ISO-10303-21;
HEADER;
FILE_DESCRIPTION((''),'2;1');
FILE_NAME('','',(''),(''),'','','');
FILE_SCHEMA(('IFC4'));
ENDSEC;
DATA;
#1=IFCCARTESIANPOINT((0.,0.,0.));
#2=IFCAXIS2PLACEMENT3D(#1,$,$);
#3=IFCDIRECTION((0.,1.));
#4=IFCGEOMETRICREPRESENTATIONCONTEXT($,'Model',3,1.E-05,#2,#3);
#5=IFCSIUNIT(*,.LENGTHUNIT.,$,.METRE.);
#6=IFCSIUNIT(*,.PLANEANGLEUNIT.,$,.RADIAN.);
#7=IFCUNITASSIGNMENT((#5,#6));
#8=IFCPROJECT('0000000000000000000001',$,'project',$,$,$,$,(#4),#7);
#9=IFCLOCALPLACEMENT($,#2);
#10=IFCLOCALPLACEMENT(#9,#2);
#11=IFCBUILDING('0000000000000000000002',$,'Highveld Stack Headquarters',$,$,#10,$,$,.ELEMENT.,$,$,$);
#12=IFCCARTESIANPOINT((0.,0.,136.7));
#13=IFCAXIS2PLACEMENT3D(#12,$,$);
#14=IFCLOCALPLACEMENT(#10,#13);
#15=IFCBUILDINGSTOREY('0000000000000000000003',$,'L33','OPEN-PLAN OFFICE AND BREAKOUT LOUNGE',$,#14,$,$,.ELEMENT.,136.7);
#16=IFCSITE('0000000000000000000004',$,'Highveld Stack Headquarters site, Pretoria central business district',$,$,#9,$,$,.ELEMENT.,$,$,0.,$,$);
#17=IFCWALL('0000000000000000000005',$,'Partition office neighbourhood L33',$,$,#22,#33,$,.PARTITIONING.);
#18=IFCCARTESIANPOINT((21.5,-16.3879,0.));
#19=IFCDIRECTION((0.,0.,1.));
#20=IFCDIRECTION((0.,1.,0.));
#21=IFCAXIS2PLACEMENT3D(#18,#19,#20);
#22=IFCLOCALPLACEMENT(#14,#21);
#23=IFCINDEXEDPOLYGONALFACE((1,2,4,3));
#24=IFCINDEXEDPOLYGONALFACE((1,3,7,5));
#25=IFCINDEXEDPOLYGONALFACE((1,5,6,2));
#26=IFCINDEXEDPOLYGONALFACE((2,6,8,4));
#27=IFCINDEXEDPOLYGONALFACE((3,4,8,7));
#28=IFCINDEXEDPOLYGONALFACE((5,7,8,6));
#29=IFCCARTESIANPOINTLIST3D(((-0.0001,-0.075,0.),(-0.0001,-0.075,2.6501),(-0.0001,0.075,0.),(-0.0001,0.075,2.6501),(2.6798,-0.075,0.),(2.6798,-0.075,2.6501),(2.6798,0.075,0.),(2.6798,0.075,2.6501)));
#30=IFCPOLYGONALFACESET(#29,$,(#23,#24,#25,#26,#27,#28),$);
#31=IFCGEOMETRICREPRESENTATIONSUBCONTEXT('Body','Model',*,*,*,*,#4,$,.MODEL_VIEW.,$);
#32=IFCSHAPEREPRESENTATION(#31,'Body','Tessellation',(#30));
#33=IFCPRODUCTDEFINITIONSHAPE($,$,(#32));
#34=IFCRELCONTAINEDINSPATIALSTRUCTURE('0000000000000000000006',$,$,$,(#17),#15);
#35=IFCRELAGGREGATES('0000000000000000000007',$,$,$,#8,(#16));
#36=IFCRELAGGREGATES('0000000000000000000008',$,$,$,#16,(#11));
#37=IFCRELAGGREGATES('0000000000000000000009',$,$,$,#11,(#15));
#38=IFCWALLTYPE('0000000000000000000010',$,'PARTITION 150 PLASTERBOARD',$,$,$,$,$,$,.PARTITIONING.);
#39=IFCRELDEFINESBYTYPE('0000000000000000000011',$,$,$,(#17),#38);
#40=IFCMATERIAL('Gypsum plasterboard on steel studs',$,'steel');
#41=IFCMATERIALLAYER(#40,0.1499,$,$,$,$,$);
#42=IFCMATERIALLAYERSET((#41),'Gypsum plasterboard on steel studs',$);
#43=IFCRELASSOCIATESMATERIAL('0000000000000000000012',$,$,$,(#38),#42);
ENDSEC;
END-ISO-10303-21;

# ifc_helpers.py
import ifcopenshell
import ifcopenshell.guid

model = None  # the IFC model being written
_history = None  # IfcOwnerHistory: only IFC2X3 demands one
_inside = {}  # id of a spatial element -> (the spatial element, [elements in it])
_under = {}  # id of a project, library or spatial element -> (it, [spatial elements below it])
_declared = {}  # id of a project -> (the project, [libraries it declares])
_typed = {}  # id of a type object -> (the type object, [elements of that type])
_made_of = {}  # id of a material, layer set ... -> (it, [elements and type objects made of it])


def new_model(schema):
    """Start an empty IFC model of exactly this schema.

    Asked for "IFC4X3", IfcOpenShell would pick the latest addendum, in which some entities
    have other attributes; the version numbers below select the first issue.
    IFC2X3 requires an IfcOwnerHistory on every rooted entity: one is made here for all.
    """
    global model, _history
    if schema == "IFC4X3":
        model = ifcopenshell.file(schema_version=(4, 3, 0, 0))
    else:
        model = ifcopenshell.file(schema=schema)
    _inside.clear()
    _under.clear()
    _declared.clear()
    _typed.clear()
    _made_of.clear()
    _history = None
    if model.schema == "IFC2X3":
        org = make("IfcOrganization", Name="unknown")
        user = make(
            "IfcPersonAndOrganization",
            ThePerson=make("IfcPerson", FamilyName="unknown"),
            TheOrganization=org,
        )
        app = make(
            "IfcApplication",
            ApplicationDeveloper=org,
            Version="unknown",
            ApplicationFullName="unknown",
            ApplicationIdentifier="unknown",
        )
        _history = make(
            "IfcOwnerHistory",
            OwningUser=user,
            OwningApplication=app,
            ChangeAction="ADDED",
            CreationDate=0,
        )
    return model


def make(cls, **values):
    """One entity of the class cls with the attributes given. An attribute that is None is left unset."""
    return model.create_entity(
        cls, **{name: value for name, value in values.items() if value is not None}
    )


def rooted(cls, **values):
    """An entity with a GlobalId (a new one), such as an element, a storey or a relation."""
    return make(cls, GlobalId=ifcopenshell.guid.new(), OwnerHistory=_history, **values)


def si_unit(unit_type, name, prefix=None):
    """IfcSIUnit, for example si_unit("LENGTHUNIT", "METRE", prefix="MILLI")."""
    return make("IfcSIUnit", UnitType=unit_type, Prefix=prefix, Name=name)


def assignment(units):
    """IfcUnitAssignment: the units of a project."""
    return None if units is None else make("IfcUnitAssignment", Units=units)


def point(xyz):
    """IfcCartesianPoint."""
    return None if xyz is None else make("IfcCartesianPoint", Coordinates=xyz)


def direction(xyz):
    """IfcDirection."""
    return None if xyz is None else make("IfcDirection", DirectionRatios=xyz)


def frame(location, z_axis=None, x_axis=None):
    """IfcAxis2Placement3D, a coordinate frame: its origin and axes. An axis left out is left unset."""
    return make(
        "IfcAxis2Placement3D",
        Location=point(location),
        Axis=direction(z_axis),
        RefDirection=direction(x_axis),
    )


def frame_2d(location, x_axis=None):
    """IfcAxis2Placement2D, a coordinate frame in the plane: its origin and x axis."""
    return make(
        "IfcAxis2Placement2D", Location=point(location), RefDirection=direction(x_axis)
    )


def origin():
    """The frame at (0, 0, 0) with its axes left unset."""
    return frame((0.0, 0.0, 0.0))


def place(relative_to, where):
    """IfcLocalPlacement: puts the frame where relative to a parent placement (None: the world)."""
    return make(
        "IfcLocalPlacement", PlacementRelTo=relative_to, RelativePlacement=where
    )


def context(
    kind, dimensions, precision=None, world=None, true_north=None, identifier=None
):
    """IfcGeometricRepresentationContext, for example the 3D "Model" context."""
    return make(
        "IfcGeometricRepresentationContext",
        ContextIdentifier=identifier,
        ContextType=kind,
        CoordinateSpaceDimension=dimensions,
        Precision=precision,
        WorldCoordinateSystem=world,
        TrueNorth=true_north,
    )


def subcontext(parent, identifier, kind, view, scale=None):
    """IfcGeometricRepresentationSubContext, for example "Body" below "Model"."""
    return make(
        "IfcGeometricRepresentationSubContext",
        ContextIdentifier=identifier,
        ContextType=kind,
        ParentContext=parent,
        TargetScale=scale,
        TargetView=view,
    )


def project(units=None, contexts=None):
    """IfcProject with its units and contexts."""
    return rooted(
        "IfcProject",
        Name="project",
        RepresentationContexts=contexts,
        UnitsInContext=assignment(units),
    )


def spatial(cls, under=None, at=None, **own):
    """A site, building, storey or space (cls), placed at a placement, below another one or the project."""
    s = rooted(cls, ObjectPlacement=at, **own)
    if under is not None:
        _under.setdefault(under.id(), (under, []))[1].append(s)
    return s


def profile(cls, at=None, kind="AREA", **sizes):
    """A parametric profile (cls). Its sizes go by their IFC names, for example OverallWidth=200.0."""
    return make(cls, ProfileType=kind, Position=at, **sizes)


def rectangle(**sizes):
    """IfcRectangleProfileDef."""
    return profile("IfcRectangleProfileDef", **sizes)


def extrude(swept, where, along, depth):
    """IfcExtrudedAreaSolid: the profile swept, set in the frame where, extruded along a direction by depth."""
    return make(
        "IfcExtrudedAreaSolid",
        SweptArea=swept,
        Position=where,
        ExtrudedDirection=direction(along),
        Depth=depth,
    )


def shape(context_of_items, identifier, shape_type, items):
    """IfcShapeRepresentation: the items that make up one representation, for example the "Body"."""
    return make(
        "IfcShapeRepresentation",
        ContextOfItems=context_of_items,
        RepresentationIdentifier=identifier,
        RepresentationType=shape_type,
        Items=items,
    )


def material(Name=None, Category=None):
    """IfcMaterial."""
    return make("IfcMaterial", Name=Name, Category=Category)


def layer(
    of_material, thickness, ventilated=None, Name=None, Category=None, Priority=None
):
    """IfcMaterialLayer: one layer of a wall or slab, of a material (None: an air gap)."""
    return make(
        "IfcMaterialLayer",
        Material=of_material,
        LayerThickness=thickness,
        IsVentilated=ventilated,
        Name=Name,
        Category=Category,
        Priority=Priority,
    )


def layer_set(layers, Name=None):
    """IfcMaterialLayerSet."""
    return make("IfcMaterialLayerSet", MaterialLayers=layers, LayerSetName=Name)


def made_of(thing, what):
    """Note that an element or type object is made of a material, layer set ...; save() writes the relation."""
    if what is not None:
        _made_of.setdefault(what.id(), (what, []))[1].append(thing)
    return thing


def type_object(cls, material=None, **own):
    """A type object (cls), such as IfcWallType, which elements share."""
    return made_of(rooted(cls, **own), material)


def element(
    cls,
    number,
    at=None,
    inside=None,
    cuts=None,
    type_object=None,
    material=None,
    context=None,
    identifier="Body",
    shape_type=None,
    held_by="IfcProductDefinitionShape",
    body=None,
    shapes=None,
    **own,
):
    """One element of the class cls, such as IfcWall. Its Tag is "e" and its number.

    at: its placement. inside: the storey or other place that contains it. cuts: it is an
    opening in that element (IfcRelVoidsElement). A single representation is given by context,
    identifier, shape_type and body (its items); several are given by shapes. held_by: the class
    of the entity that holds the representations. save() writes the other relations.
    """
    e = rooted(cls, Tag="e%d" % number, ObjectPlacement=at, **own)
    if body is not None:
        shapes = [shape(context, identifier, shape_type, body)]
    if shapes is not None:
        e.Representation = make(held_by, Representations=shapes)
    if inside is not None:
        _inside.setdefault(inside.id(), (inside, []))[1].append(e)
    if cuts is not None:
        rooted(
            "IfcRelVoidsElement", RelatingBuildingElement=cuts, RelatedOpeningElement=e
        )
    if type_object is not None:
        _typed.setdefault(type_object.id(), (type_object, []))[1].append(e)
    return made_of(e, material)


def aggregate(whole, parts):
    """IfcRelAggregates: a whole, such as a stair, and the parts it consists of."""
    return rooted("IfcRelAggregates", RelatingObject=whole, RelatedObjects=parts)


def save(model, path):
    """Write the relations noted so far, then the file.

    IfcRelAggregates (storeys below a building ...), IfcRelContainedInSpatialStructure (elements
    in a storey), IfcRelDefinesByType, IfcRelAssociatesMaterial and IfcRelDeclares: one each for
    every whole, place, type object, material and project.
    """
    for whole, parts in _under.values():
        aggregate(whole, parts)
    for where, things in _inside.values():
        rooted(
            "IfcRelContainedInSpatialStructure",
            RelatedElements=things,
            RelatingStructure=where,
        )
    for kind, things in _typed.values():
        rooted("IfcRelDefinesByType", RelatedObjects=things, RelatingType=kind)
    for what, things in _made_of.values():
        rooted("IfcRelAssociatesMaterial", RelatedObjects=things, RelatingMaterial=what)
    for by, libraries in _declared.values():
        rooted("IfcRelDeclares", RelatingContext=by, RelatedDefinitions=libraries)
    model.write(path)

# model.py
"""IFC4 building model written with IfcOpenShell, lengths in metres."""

from ifc_helpers import new_model, si_unit, direction, frame, frame_2d, origin, place, context, subcontext, project, spatial, rectangle, extrude, material, layer, layer_set, type_object, element, save


model = new_model("IFC4")

# Units and contexts
model_context = context("Model", 3, precision=1e-05, world=origin(), true_north=direction((0.0, 1.0)))
body_context = subcontext(model_context, "Body", "Model", "MODEL_VIEW")
ifc_project = project(units=[si_unit("LENGTHUNIT", "METRE"), si_unit("PLANEANGLEUNIT", "RADIAN")], contexts=[model_context])

# Site, building, storey
site_placement = place(None, origin())
site = spatial("IfcSite", under=ifc_project, at=site_placement, Name="Highveld Stack Headquarters site, Pretoria central business district", CompositionType="ELEMENT", RefElevation=0.0)
building_placement = place(site_placement, origin())
building = spatial("IfcBuilding", under=site, at=building_placement, Name="Highveld Stack Headquarters", CompositionType="ELEMENT")
storey_placement = place(building_placement, frame((0.0, 0.0, 136.7)))
storey = spatial("IfcBuildingStorey", under=building, at=storey_placement, Name="L33", Description="OPEN-PLAN OFFICE AND BREAKOUT LOUNGE", CompositionType="ELEMENT", Elevation=136.7)

# Shared definitions
ifc_material_1 = material(Name="Gypsum plasterboard on steel studs", Category="steel")
ifc_layer_1 = layer(ifc_material_1, 0.1499)
ifc_layer_set_1 = layer_set([ifc_layer_1], Name="Gypsum plasterboard on steel studs")
wall_type = type_object("IfcWallType", Name="PARTITION 150 PLASTERBOARD", PredefinedType="PARTITIONING", material=ifc_layer_set_1)

# Wall
wall_1_placement = place(storey_placement, frame((21.5, -16.3879, 0.0), z_axis=(0.0, 0.0, 1.0), x_axis=(0.0, 1.0, 0.0)))
element("IfcWall", 1, at=wall_1_placement, inside=storey, type_object=wall_type, Name="Partition office neighbourhood L33", PredefinedType="PARTITIONING", context=body_context, shape_type="SweptSolid", body=[
    extrude(rectangle(XDim=2.6799, YDim=0.1499, at=frame_2d((1.3398, 0.0))), origin(), (0.0, 0.0, 1.0), 2.6501),
])

save(model, "model.ifc")
